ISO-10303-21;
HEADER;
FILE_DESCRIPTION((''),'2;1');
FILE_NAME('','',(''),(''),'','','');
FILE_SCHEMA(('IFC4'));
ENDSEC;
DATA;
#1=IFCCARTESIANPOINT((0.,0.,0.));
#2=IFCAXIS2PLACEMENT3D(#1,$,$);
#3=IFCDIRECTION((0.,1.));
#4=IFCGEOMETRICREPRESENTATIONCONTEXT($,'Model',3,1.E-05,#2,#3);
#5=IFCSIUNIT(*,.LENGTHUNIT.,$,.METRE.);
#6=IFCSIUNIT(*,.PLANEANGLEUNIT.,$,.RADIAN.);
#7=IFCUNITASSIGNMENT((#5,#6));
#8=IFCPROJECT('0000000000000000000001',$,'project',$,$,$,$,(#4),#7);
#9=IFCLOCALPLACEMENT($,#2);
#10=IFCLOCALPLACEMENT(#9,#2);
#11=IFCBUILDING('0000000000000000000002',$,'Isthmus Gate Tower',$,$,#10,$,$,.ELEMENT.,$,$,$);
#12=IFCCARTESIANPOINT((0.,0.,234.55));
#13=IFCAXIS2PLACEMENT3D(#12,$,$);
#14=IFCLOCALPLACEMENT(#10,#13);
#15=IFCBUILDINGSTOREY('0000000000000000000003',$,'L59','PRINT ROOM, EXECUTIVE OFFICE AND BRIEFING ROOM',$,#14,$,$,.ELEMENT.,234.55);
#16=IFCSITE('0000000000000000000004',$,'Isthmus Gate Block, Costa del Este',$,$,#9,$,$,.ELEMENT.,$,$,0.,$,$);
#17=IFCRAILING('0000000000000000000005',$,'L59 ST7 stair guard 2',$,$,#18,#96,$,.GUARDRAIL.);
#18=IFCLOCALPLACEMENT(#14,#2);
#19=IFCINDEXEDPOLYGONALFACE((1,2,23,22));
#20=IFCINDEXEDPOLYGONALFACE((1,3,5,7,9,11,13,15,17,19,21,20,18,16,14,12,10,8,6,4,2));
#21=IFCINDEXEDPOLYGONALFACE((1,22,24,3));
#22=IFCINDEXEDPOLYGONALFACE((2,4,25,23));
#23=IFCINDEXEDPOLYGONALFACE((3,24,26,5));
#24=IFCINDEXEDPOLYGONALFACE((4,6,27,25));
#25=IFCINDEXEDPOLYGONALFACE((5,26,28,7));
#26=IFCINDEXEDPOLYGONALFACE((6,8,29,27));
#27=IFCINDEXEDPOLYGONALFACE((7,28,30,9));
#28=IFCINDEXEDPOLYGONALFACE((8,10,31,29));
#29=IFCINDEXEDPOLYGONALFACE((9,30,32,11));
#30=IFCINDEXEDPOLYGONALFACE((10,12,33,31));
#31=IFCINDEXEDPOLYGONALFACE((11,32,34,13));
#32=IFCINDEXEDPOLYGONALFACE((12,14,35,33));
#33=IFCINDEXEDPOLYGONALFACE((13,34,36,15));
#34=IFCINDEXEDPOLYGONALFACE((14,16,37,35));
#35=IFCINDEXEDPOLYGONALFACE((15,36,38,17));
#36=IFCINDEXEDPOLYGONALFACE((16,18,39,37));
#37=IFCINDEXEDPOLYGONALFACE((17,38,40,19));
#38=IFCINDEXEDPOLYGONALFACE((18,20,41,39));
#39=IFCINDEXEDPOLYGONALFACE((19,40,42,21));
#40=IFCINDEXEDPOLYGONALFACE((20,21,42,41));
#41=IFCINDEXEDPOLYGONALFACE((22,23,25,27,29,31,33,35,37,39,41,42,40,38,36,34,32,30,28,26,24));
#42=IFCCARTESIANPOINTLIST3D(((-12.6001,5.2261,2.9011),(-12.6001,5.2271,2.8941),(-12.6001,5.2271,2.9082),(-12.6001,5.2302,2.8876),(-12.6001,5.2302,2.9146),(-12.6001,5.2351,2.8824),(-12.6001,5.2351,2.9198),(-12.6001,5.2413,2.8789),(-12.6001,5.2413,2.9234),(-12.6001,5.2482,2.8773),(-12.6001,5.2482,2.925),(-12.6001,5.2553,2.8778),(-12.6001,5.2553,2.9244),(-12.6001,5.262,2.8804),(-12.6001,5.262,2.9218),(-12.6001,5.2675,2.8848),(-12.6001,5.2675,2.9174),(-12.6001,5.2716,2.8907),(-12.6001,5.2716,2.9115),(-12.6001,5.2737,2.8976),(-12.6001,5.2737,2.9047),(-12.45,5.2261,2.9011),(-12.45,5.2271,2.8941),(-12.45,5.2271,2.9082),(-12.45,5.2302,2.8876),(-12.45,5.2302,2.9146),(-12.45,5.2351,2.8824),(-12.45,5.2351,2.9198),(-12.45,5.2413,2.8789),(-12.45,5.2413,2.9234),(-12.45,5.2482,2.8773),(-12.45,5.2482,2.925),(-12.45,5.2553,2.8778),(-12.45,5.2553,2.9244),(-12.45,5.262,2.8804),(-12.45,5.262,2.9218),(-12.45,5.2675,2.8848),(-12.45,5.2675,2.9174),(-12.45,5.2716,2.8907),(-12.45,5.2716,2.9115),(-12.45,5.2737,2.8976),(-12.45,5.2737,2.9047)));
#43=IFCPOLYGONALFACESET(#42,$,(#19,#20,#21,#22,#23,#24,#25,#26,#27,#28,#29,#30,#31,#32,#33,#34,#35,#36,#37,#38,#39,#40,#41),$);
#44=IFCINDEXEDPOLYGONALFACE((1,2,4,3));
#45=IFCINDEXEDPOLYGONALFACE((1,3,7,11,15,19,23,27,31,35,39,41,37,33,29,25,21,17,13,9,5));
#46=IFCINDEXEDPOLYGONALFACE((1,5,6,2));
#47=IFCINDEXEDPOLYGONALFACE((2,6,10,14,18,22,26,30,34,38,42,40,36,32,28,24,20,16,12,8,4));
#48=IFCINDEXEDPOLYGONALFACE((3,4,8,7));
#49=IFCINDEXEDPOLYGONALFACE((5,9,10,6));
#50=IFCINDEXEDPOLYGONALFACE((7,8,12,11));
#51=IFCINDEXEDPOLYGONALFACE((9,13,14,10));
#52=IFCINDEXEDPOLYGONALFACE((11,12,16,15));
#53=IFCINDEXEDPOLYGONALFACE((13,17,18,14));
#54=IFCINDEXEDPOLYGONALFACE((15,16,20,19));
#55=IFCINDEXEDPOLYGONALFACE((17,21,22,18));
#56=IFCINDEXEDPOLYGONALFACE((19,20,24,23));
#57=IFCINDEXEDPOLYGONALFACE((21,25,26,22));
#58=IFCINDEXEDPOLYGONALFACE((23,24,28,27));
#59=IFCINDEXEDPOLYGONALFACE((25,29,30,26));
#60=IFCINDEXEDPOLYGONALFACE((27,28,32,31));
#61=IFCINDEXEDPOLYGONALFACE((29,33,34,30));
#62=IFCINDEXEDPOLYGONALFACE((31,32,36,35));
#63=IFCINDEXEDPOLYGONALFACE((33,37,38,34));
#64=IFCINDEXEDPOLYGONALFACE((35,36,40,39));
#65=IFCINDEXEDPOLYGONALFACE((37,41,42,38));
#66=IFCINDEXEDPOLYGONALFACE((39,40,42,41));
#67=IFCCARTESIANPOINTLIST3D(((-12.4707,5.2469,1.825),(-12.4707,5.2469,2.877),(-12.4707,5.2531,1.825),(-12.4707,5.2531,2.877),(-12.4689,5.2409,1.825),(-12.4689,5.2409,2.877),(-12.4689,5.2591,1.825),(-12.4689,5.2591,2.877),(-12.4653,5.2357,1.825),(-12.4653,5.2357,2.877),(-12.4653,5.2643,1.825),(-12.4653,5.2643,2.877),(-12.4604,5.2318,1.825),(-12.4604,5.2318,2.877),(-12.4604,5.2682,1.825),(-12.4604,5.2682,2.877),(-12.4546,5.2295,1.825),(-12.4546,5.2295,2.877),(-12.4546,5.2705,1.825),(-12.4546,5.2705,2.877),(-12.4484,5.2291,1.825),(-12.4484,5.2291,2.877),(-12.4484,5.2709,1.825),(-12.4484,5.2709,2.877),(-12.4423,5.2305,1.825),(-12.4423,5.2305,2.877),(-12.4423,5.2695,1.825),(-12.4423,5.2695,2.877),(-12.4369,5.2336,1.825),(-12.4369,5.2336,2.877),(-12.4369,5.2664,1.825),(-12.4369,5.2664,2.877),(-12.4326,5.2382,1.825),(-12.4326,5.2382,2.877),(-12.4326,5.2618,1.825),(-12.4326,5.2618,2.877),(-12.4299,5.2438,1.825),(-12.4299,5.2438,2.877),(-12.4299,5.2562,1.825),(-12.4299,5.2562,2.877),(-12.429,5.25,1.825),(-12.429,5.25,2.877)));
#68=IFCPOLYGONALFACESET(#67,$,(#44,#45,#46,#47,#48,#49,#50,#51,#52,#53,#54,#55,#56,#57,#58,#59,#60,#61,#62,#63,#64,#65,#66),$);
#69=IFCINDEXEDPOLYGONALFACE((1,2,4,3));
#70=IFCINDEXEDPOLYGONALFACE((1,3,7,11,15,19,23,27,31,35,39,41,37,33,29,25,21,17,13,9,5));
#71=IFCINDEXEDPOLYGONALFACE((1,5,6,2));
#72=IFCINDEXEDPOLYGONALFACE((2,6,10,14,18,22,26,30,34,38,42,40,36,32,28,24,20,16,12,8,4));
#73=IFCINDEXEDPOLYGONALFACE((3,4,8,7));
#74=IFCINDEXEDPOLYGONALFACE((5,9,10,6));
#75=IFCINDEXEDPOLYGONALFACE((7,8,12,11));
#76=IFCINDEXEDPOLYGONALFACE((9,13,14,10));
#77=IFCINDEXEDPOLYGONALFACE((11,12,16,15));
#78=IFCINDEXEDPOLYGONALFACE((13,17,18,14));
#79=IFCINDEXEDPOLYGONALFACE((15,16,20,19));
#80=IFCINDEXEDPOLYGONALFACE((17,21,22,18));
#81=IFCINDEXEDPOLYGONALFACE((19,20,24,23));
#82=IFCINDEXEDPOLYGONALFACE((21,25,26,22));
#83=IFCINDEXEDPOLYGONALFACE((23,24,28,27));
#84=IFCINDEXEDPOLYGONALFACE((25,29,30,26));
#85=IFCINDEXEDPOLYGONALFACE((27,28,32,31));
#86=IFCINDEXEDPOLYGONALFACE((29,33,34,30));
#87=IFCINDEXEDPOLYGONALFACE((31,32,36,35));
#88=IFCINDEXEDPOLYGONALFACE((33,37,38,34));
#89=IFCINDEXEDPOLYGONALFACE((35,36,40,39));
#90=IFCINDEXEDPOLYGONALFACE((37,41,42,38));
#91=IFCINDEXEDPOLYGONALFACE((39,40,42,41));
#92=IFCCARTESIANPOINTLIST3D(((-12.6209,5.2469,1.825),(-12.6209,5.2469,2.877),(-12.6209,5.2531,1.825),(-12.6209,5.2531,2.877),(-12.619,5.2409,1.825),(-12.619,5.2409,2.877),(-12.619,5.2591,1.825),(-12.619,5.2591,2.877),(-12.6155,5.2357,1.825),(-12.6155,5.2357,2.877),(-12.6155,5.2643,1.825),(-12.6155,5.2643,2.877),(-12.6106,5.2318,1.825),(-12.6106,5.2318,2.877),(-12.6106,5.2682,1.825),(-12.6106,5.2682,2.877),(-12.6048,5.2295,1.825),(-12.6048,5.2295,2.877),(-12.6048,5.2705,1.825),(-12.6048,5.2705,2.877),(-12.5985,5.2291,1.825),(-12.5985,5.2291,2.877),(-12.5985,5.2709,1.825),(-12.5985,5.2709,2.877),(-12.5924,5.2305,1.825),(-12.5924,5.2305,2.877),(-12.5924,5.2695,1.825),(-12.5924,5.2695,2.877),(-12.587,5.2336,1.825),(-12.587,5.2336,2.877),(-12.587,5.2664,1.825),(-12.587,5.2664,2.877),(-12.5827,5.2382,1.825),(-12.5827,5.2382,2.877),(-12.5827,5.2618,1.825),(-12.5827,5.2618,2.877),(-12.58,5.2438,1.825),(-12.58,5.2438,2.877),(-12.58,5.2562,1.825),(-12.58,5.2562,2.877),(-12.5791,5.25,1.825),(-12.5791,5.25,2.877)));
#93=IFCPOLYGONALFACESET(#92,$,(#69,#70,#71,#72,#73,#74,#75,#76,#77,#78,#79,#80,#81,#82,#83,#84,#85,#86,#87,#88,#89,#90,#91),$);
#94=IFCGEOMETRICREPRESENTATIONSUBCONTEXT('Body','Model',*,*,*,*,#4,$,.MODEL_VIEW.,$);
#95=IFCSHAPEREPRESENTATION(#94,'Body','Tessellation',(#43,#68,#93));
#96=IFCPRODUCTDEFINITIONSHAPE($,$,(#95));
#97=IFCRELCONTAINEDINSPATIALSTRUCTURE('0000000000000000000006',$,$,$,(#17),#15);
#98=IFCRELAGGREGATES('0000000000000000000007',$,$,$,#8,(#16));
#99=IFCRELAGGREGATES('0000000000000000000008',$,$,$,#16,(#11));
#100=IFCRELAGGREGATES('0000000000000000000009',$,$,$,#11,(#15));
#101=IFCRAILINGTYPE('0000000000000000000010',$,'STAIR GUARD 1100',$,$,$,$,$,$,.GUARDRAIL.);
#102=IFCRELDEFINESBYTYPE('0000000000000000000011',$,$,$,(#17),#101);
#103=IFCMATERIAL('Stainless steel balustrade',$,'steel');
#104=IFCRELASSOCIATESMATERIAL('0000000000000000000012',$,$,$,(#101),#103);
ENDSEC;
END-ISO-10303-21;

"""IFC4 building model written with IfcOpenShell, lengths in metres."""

from ifc_helpers import new_model, si_unit, direction, frame, origin, origin_2d, place, context, subcontext, project, spatial, circle, extrude, material, type_object, element, save


model = new_model("IFC4")

# Units and contexts
model_context = context("Model", 3, precision=1e-05, world=origin(), true_north=direction((0.0, 1.0)))
body_context = subcontext(model_context, "Body", "Model", "MODEL_VIEW")
ifc_project = project(units=[si_unit("LENGTHUNIT", "METRE"), si_unit("PLANEANGLEUNIT", "RADIAN")], contexts=[model_context])

# Site, building, storey
site_placement = place(None, origin())
site = spatial("IfcSite", under=ifc_project, at=site_placement, Name="Isthmus Gate Block, Costa del Este", CompositionType="ELEMENT", RefElevation=0.0)
building_placement = place(site_placement, origin())
building = spatial("IfcBuilding", under=site, at=building_placement, Name="Isthmus Gate Tower", CompositionType="ELEMENT")
storey_placement = place(building_placement, frame((0.0, 0.0, 234.55)))
storey = spatial("IfcBuildingStorey", under=building, at=storey_placement, Name="L59", Description="PRINT ROOM, EXECUTIVE OFFICE AND BRIEFING ROOM", CompositionType="ELEMENT", Elevation=234.55)

# Railing
ifc_material_1 = material(Name="Stainless steel balustrade", Category="steel")
railing_type_1 = type_object("IfcRailingType", Name="STAIR GUARD 1100", PredefinedType="GUARDRAIL", material=ifc_material_1)
railing_1_placement = place(storey_placement, frame((-12.45, 5.25, 1.825)))
element("IfcRailing", 1, at=railing_1_placement, inside=storey, type_object=railing_type_1, Name="L59 ST7 stair guard 2", PredefinedType="GUARDRAIL", context=body_context, shape_type="SweptSolid", body=[
    extrude(circle(Radius=0.0239, at=origin_2d()), frame((0.0, 0.0, 1.0762), z_axis=(-1.0, 0.0, 0.0), x_axis=(0.0, -1.0, 0.0)), (0.0, 0.0, 1.0), 0.1501),
    extrude(circle(Radius=0.021, at=origin_2d()), origin(), (0.0, 0.0, 1.0), 1.052),
    extrude(circle(Radius=0.021, at=origin_2d()), frame((-0.1501, 0.0, 0.0)), (0.0, 0.0, 1.0), 1.052),
])

save(model, "model.ifc")
